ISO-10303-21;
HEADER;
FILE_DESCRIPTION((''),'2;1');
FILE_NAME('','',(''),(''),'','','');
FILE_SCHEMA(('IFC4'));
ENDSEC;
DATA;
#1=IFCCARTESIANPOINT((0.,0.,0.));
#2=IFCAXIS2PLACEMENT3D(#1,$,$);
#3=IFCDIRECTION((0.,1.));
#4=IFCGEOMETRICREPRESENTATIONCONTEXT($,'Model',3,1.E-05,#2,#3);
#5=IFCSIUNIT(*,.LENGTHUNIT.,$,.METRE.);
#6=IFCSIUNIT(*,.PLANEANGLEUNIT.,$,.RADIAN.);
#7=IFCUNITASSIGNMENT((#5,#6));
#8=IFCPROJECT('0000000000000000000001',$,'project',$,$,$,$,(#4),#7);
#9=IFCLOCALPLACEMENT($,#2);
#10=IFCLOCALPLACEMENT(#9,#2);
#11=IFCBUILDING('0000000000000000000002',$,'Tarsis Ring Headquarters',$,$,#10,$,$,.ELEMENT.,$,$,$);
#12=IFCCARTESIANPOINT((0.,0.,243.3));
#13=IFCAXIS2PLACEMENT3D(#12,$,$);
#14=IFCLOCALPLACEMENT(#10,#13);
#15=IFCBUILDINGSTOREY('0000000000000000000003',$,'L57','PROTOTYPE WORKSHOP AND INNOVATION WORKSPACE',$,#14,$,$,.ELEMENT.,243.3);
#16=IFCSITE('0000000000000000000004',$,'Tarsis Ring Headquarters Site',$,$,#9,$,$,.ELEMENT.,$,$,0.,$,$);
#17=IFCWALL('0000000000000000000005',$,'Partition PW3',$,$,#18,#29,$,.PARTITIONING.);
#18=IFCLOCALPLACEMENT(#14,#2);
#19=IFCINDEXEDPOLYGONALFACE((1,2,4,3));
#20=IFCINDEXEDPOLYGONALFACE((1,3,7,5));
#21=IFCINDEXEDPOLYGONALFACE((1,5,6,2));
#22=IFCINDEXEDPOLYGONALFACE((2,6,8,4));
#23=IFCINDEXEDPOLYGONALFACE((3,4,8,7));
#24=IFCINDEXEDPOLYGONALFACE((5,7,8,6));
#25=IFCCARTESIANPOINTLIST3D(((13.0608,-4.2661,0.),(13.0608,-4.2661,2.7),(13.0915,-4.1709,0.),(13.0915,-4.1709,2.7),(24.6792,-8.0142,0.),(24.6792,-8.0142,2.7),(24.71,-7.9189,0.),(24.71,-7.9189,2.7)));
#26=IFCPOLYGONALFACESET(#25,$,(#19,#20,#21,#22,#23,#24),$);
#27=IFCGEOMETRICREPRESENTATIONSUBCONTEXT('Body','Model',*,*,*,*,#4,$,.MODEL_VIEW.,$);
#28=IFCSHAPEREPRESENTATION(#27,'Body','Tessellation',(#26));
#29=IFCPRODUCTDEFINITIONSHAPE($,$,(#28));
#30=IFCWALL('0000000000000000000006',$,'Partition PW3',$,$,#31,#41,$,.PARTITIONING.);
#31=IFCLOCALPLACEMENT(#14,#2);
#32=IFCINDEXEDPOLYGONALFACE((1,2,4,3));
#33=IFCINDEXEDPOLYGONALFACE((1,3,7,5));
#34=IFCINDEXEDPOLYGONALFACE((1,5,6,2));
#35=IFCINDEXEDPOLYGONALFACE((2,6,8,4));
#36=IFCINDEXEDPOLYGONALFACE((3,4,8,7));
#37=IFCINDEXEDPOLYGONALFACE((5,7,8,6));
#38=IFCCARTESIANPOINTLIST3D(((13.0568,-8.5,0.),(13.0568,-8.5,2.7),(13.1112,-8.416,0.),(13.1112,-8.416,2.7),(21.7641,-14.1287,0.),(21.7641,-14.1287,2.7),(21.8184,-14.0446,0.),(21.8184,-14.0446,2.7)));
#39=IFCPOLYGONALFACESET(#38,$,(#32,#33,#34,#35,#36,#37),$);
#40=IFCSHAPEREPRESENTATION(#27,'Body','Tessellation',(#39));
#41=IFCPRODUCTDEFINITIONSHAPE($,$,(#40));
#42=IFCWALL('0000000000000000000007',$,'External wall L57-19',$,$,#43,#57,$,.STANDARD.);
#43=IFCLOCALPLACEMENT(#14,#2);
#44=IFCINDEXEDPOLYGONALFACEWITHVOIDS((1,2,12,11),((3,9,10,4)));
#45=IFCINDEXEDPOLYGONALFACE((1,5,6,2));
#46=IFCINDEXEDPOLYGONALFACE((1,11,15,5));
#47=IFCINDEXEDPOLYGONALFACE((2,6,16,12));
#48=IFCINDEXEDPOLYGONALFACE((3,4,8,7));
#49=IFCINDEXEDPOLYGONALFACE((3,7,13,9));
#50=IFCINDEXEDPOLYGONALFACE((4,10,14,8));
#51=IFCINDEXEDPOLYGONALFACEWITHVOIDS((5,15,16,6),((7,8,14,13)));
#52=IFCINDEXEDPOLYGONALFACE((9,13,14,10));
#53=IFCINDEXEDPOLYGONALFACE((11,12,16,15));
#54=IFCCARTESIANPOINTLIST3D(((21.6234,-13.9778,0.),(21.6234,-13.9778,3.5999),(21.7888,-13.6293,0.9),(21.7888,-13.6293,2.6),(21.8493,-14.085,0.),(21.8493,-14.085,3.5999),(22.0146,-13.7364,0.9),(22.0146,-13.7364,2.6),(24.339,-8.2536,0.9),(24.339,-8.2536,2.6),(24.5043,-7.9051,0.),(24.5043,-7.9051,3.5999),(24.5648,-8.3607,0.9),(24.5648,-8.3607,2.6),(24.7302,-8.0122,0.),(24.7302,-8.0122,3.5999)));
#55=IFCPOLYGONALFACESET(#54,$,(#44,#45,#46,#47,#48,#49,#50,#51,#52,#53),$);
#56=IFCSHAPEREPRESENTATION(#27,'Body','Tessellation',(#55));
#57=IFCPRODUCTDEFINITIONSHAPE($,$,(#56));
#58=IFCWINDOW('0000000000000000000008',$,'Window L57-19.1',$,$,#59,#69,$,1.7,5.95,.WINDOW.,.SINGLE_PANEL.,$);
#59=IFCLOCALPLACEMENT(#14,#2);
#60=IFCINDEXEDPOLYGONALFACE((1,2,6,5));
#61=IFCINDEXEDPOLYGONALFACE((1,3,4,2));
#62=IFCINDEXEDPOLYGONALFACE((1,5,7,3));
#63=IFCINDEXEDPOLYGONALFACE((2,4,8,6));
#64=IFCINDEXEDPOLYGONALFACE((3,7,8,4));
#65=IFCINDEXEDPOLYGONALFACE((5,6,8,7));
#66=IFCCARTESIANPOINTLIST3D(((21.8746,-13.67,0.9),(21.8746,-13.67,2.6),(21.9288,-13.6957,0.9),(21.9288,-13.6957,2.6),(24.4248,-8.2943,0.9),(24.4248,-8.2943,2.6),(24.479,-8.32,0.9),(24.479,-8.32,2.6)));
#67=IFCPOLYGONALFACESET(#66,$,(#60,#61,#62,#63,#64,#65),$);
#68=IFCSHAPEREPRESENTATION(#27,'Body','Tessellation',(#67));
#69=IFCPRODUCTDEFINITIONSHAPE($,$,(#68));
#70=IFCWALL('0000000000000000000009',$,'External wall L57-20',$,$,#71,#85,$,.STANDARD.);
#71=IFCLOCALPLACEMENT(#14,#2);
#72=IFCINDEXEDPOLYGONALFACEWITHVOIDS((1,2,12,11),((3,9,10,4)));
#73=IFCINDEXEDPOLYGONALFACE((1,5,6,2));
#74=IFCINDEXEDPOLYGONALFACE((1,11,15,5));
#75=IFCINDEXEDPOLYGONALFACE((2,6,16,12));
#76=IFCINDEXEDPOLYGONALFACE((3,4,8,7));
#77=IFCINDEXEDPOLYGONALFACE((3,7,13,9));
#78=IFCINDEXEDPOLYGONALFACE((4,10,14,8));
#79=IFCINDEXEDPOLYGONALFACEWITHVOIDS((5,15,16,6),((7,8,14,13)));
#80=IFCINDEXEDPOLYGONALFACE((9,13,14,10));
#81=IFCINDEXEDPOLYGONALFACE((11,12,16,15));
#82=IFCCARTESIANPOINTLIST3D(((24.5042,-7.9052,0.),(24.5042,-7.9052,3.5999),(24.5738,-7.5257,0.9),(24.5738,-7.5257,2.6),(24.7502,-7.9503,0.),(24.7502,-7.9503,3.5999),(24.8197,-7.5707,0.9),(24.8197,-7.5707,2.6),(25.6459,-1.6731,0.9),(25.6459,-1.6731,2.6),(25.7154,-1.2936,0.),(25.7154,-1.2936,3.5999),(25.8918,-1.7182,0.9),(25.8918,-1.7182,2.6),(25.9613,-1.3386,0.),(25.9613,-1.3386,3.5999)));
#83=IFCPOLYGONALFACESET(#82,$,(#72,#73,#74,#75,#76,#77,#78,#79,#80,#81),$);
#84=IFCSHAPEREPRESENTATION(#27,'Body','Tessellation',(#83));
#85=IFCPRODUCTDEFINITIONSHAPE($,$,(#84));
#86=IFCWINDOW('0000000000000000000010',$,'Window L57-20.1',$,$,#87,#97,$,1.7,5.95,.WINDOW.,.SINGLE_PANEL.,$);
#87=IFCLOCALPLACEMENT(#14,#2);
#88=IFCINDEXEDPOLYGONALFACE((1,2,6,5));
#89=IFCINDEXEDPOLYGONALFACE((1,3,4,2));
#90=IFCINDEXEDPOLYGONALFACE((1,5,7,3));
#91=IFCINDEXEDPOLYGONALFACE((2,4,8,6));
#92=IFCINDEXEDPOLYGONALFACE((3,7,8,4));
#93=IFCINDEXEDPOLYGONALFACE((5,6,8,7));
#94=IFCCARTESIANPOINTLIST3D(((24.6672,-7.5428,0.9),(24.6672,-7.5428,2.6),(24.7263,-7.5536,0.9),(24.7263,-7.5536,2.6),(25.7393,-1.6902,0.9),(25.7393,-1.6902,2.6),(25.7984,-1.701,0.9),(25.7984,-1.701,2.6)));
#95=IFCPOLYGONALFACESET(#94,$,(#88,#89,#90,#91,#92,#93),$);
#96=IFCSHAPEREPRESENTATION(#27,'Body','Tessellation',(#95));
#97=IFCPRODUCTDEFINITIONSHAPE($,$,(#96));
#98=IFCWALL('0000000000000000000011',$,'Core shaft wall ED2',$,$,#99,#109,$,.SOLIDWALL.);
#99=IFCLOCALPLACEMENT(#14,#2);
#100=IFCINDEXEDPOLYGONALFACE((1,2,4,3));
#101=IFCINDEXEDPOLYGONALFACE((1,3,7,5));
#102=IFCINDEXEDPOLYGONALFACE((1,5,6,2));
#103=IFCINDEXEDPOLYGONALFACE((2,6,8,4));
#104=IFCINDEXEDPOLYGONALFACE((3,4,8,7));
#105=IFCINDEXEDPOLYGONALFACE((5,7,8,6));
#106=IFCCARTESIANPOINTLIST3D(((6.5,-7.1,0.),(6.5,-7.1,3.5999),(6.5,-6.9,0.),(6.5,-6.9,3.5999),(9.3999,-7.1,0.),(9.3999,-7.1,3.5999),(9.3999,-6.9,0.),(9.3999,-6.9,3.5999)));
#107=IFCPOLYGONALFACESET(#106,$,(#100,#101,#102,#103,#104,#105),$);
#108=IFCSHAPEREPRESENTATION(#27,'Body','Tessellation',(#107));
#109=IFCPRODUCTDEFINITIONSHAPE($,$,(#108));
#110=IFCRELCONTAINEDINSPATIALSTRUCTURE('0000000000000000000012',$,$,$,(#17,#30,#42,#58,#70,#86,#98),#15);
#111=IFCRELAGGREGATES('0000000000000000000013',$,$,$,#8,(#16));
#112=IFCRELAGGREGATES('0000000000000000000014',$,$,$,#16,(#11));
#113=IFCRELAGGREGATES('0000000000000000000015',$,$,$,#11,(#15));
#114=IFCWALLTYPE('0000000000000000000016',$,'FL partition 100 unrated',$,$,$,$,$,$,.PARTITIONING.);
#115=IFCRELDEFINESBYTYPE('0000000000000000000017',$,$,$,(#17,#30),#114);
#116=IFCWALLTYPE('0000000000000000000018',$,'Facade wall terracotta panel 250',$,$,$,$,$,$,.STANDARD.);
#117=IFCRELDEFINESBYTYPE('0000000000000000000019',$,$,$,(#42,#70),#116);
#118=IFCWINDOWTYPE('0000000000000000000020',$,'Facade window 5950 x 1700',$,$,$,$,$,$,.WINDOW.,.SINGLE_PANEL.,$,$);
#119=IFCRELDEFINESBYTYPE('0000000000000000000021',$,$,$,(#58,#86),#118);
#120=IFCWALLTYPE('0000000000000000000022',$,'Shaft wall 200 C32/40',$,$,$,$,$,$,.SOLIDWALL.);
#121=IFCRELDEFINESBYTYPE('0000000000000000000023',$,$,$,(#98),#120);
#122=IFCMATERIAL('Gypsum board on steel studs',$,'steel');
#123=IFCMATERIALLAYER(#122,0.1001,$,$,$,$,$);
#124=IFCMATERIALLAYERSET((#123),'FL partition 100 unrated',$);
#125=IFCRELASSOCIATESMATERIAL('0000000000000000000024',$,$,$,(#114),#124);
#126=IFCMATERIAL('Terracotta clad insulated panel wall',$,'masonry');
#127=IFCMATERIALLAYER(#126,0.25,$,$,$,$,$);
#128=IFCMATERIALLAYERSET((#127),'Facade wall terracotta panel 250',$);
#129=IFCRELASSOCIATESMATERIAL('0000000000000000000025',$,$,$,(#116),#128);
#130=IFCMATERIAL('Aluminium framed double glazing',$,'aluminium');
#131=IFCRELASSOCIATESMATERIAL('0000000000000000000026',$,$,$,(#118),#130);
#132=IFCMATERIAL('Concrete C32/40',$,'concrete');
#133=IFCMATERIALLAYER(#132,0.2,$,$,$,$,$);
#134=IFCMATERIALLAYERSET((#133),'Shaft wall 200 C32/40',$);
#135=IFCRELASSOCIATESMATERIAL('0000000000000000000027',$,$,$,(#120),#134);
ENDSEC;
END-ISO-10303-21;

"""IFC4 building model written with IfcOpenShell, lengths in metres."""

from ifc_helpers import new_model, si_unit, direction, frame, frame_2d, origin, place, context, subcontext, project, spatial, rectangle, extrude, material, layer, layer_set, type_object, element, fill, save


model = new_model("IFC4")

# Units and contexts
model_context = context("Model", 3, precision=1e-05, world=origin(), true_north=direction((0.0, 1.0)))
body_context = subcontext(model_context, "Body", "Model", "MODEL_VIEW")
ifc_project = project(units=[si_unit("LENGTHUNIT", "METRE"), si_unit("PLANEANGLEUNIT", "RADIAN")], contexts=[model_context])

# Site, building, storey
site_placement = place(None, origin())
site = spatial("IfcSite", under=ifc_project, at=site_placement, Name="Tarsis Ring Headquarters Site", CompositionType="ELEMENT", RefElevation=0.0)
building_placement = place(site_placement, origin())
building = spatial("IfcBuilding", under=site, at=building_placement, Name="Tarsis Ring Headquarters", CompositionType="ELEMENT")
storey_placement = place(building_placement, frame((0.0, 0.0, 243.3)))
storey = spatial("IfcBuildingStorey", under=building, at=storey_placement, Name="L57", Description="PROTOTYPE WORKSHOP AND INNOVATION WORKSPACE", CompositionType="ELEMENT", Elevation=243.3)

# Walls
ifc_material_1 = material(Name="Gypsum board on steel studs", Category="steel")
ifc_layer_1 = layer(ifc_material_1, 0.1001)
ifc_layer_set_1 = layer_set([ifc_layer_1], Name="FL partition 100 unrated")
wall_type_1 = type_object("IfcWallType", Name="FL partition 100 unrated", PredefinedType="PARTITIONING", material=ifc_layer_set_1)
wall_1_placement = place(storey_placement, frame((13.0762, -4.2185, 0.0), z_axis=(0.0, 0.0, 1.0), x_axis=(0.951704, -0.307016, 0.0)))
element("IfcWall", 1, at=wall_1_placement, inside=storey, type_object=wall_type_1, Name="Partition PW3", PredefinedType="PARTITIONING", context=body_context, shape_type="SweptSolid", body=[
    extrude(rectangle(XDim=12.208, YDim=0.1001, at=frame_2d((6.104, 0.0))), origin(), (0.0, 0.0, 1.0), 2.7),
])
wall_2_placement = place(storey_placement, frame((13.084, -8.458, 0.0), z_axis=(0.0, 0.0, 1.0), x_axis=(0.83981, -0.54288, 0.0)))
element("IfcWall", 2, at=wall_2_placement, inside=storey, type_object=wall_type_1, Name="Partition PW3", PredefinedType="PARTITIONING", context=body_context, shape_type="SweptSolid", body=[
    extrude(rectangle(XDim=10.3682, YDim=0.1001, at=frame_2d((5.1841, 0.0))), origin(), (0.0, 0.0, 1.0), 2.7),
])

# Walls, openings, windows
ifc_material_2 = material(Name="Terracotta clad insulated panel wall", Category="masonry")
ifc_layer_2 = layer(ifc_material_2, 0.25)
ifc_layer_set_2 = layer_set([ifc_layer_2], Name="Facade wall terracotta panel 250")
wall_type_2 = type_object("IfcWallType", Name="Facade wall terracotta panel 250", PredefinedType="STANDARD", material=ifc_layer_set_2)
wall_3_placement = place(storey_placement, frame((21.7363, -14.0315, 0.0), z_axis=(0.0, 0.0, 1.0), x_axis=(0.428608, 0.903491, 0.0)))
wall_3 = element("IfcWall", 3, at=wall_3_placement, inside=storey, type_object=wall_type_2, Name="External wall L57-19", PredefinedType="STANDARD", context=body_context, shape_type="SweptSolid", body=[
    extrude(rectangle(XDim=6.7214, YDim=0.25, at=frame_2d((3.3608, 0.0))), origin(), (0.0, 0.0, 1.0), 3.5999),
])
opening_1_placement = place(wall_3_placement, frame((0.3857, 0.0, 0.8999)))
opening_1 = element("IfcOpeningElement", 4, at=opening_1_placement, cuts=wall_3, PredefinedType="OPENING", context=body_context, shape_type="SweptSolid", body=[
    extrude(rectangle(XDim=5.95, YDim=1.7, at=frame_2d((2.9751, 0.8501))), frame((0.0, 0.135, 0.0), z_axis=(0.0, -1.0, 0.0), x_axis=(1.0, 0.0, 0.0)), (0.0, 0.0, 1.0), 0.27),
])
ifc_material_3 = material(Name="Aluminium framed double glazing", Category="aluminium")
window_type = type_object("IfcWindowType", Name="Facade window 5950 x 1700", PartitioningType="SINGLE_PANEL", PredefinedType="WINDOW", material=ifc_material_3)
window_1_placement = place(opening_1_placement, origin())
window_1 = element("IfcWindow", 5, at=window_1_placement, inside=storey, type_object=window_type, Name="Window L57-19.1", OverallHeight=1.7, OverallWidth=5.95, PartitioningType="SINGLE_PANEL", PredefinedType="WINDOW", context=body_context, shape_type="SweptSolid", body=[
    extrude(rectangle(XDim=5.95, YDim=1.7, at=frame_2d((2.9751, 0.8501))), frame((0.0, 0.03, 0.0), z_axis=(0.0, -1.0, 0.0), x_axis=(1.0, 0.0, 0.0)), (0.0, 0.0, 1.0), 0.0601),
])
fill(opening_1, window_1)
wall_4_placement = place(storey_placement, frame((24.6272, -7.9277, 0.0), z_axis=(0.0, 0.0, 1.0), x_axis=(0.180193, 0.983631, 0.0)))
wall_4 = element("IfcWall", 6, at=wall_4_placement, inside=storey, type_object=wall_type_2, Name="External wall L57-20", PredefinedType="STANDARD", context=body_context, shape_type="SweptSolid", body=[
    extrude(rectangle(XDim=6.7217, YDim=0.25, at=frame_2d((3.3608, 0.0))), origin(), (0.0, 0.0, 1.0), 3.5999),
])
opening_2_placement = place(wall_4_placement, frame((0.3857, 0.0, 0.8999)))
opening_2 = element("IfcOpeningElement", 7, at=opening_2_placement, cuts=wall_4, PredefinedType="OPENING", context=body_context, shape_type="SweptSolid", body=[
    extrude(rectangle(XDim=5.95, YDim=1.7, at=frame_2d((2.9751, 0.8501))), frame((0.0, 0.135, 0.0), z_axis=(0.0, -1.0, 0.0), x_axis=(1.0, 0.0, 0.0)), (0.0, 0.0, 1.0), 0.27),
])
window_2_placement = place(opening_2_placement, origin())
window_2 = element("IfcWindow", 8, at=window_2_placement, inside=storey, type_object=window_type, Name="Window L57-20.1", OverallHeight=1.7, OverallWidth=5.95, PartitioningType="SINGLE_PANEL", PredefinedType="WINDOW", context=body_context, shape_type="SweptSolid", body=[
    extrude(rectangle(XDim=5.95, YDim=1.7, at=frame_2d((2.9751, 0.8501))), frame((0.0, 0.03, 0.0), z_axis=(0.0, -1.0, 0.0), x_axis=(1.0, 0.0, 0.0)), (0.0, 0.0, 1.0), 0.0601),
])
fill(opening_2, window_2)

# Wall
ifc_material_4 = material(Name="Concrete C32/40", Category="concrete")
ifc_layer_3 = layer(ifc_material_4, 0.2)
ifc_layer_set_3 = layer_set([ifc_layer_3], Name="Shaft wall 200 C32/40")
wall_type_3 = type_object("IfcWallType", Name="Shaft wall 200 C32/40", PredefinedType="SOLIDWALL", material=ifc_layer_set_3)
wall_5_placement = place(storey_placement, frame((6.5, -7.0, 0.0), z_axis=(0.0, 0.0, 1.0), x_axis=(1.0, 0.0, 0.0)))
element("IfcWall", 9, at=wall_5_placement, inside=storey, type_object=wall_type_3, Name="Core shaft wall ED2", PredefinedType="SOLIDWALL", context=body_context, shape_type="SweptSolid", body=[
    extrude(rectangle(XDim=2.8999, YDim=0.2, at=frame_2d((1.45, 0.0))), origin(), (0.0, 0.0, 1.0), 3.5999),
])

save(model, "model.ifc")
